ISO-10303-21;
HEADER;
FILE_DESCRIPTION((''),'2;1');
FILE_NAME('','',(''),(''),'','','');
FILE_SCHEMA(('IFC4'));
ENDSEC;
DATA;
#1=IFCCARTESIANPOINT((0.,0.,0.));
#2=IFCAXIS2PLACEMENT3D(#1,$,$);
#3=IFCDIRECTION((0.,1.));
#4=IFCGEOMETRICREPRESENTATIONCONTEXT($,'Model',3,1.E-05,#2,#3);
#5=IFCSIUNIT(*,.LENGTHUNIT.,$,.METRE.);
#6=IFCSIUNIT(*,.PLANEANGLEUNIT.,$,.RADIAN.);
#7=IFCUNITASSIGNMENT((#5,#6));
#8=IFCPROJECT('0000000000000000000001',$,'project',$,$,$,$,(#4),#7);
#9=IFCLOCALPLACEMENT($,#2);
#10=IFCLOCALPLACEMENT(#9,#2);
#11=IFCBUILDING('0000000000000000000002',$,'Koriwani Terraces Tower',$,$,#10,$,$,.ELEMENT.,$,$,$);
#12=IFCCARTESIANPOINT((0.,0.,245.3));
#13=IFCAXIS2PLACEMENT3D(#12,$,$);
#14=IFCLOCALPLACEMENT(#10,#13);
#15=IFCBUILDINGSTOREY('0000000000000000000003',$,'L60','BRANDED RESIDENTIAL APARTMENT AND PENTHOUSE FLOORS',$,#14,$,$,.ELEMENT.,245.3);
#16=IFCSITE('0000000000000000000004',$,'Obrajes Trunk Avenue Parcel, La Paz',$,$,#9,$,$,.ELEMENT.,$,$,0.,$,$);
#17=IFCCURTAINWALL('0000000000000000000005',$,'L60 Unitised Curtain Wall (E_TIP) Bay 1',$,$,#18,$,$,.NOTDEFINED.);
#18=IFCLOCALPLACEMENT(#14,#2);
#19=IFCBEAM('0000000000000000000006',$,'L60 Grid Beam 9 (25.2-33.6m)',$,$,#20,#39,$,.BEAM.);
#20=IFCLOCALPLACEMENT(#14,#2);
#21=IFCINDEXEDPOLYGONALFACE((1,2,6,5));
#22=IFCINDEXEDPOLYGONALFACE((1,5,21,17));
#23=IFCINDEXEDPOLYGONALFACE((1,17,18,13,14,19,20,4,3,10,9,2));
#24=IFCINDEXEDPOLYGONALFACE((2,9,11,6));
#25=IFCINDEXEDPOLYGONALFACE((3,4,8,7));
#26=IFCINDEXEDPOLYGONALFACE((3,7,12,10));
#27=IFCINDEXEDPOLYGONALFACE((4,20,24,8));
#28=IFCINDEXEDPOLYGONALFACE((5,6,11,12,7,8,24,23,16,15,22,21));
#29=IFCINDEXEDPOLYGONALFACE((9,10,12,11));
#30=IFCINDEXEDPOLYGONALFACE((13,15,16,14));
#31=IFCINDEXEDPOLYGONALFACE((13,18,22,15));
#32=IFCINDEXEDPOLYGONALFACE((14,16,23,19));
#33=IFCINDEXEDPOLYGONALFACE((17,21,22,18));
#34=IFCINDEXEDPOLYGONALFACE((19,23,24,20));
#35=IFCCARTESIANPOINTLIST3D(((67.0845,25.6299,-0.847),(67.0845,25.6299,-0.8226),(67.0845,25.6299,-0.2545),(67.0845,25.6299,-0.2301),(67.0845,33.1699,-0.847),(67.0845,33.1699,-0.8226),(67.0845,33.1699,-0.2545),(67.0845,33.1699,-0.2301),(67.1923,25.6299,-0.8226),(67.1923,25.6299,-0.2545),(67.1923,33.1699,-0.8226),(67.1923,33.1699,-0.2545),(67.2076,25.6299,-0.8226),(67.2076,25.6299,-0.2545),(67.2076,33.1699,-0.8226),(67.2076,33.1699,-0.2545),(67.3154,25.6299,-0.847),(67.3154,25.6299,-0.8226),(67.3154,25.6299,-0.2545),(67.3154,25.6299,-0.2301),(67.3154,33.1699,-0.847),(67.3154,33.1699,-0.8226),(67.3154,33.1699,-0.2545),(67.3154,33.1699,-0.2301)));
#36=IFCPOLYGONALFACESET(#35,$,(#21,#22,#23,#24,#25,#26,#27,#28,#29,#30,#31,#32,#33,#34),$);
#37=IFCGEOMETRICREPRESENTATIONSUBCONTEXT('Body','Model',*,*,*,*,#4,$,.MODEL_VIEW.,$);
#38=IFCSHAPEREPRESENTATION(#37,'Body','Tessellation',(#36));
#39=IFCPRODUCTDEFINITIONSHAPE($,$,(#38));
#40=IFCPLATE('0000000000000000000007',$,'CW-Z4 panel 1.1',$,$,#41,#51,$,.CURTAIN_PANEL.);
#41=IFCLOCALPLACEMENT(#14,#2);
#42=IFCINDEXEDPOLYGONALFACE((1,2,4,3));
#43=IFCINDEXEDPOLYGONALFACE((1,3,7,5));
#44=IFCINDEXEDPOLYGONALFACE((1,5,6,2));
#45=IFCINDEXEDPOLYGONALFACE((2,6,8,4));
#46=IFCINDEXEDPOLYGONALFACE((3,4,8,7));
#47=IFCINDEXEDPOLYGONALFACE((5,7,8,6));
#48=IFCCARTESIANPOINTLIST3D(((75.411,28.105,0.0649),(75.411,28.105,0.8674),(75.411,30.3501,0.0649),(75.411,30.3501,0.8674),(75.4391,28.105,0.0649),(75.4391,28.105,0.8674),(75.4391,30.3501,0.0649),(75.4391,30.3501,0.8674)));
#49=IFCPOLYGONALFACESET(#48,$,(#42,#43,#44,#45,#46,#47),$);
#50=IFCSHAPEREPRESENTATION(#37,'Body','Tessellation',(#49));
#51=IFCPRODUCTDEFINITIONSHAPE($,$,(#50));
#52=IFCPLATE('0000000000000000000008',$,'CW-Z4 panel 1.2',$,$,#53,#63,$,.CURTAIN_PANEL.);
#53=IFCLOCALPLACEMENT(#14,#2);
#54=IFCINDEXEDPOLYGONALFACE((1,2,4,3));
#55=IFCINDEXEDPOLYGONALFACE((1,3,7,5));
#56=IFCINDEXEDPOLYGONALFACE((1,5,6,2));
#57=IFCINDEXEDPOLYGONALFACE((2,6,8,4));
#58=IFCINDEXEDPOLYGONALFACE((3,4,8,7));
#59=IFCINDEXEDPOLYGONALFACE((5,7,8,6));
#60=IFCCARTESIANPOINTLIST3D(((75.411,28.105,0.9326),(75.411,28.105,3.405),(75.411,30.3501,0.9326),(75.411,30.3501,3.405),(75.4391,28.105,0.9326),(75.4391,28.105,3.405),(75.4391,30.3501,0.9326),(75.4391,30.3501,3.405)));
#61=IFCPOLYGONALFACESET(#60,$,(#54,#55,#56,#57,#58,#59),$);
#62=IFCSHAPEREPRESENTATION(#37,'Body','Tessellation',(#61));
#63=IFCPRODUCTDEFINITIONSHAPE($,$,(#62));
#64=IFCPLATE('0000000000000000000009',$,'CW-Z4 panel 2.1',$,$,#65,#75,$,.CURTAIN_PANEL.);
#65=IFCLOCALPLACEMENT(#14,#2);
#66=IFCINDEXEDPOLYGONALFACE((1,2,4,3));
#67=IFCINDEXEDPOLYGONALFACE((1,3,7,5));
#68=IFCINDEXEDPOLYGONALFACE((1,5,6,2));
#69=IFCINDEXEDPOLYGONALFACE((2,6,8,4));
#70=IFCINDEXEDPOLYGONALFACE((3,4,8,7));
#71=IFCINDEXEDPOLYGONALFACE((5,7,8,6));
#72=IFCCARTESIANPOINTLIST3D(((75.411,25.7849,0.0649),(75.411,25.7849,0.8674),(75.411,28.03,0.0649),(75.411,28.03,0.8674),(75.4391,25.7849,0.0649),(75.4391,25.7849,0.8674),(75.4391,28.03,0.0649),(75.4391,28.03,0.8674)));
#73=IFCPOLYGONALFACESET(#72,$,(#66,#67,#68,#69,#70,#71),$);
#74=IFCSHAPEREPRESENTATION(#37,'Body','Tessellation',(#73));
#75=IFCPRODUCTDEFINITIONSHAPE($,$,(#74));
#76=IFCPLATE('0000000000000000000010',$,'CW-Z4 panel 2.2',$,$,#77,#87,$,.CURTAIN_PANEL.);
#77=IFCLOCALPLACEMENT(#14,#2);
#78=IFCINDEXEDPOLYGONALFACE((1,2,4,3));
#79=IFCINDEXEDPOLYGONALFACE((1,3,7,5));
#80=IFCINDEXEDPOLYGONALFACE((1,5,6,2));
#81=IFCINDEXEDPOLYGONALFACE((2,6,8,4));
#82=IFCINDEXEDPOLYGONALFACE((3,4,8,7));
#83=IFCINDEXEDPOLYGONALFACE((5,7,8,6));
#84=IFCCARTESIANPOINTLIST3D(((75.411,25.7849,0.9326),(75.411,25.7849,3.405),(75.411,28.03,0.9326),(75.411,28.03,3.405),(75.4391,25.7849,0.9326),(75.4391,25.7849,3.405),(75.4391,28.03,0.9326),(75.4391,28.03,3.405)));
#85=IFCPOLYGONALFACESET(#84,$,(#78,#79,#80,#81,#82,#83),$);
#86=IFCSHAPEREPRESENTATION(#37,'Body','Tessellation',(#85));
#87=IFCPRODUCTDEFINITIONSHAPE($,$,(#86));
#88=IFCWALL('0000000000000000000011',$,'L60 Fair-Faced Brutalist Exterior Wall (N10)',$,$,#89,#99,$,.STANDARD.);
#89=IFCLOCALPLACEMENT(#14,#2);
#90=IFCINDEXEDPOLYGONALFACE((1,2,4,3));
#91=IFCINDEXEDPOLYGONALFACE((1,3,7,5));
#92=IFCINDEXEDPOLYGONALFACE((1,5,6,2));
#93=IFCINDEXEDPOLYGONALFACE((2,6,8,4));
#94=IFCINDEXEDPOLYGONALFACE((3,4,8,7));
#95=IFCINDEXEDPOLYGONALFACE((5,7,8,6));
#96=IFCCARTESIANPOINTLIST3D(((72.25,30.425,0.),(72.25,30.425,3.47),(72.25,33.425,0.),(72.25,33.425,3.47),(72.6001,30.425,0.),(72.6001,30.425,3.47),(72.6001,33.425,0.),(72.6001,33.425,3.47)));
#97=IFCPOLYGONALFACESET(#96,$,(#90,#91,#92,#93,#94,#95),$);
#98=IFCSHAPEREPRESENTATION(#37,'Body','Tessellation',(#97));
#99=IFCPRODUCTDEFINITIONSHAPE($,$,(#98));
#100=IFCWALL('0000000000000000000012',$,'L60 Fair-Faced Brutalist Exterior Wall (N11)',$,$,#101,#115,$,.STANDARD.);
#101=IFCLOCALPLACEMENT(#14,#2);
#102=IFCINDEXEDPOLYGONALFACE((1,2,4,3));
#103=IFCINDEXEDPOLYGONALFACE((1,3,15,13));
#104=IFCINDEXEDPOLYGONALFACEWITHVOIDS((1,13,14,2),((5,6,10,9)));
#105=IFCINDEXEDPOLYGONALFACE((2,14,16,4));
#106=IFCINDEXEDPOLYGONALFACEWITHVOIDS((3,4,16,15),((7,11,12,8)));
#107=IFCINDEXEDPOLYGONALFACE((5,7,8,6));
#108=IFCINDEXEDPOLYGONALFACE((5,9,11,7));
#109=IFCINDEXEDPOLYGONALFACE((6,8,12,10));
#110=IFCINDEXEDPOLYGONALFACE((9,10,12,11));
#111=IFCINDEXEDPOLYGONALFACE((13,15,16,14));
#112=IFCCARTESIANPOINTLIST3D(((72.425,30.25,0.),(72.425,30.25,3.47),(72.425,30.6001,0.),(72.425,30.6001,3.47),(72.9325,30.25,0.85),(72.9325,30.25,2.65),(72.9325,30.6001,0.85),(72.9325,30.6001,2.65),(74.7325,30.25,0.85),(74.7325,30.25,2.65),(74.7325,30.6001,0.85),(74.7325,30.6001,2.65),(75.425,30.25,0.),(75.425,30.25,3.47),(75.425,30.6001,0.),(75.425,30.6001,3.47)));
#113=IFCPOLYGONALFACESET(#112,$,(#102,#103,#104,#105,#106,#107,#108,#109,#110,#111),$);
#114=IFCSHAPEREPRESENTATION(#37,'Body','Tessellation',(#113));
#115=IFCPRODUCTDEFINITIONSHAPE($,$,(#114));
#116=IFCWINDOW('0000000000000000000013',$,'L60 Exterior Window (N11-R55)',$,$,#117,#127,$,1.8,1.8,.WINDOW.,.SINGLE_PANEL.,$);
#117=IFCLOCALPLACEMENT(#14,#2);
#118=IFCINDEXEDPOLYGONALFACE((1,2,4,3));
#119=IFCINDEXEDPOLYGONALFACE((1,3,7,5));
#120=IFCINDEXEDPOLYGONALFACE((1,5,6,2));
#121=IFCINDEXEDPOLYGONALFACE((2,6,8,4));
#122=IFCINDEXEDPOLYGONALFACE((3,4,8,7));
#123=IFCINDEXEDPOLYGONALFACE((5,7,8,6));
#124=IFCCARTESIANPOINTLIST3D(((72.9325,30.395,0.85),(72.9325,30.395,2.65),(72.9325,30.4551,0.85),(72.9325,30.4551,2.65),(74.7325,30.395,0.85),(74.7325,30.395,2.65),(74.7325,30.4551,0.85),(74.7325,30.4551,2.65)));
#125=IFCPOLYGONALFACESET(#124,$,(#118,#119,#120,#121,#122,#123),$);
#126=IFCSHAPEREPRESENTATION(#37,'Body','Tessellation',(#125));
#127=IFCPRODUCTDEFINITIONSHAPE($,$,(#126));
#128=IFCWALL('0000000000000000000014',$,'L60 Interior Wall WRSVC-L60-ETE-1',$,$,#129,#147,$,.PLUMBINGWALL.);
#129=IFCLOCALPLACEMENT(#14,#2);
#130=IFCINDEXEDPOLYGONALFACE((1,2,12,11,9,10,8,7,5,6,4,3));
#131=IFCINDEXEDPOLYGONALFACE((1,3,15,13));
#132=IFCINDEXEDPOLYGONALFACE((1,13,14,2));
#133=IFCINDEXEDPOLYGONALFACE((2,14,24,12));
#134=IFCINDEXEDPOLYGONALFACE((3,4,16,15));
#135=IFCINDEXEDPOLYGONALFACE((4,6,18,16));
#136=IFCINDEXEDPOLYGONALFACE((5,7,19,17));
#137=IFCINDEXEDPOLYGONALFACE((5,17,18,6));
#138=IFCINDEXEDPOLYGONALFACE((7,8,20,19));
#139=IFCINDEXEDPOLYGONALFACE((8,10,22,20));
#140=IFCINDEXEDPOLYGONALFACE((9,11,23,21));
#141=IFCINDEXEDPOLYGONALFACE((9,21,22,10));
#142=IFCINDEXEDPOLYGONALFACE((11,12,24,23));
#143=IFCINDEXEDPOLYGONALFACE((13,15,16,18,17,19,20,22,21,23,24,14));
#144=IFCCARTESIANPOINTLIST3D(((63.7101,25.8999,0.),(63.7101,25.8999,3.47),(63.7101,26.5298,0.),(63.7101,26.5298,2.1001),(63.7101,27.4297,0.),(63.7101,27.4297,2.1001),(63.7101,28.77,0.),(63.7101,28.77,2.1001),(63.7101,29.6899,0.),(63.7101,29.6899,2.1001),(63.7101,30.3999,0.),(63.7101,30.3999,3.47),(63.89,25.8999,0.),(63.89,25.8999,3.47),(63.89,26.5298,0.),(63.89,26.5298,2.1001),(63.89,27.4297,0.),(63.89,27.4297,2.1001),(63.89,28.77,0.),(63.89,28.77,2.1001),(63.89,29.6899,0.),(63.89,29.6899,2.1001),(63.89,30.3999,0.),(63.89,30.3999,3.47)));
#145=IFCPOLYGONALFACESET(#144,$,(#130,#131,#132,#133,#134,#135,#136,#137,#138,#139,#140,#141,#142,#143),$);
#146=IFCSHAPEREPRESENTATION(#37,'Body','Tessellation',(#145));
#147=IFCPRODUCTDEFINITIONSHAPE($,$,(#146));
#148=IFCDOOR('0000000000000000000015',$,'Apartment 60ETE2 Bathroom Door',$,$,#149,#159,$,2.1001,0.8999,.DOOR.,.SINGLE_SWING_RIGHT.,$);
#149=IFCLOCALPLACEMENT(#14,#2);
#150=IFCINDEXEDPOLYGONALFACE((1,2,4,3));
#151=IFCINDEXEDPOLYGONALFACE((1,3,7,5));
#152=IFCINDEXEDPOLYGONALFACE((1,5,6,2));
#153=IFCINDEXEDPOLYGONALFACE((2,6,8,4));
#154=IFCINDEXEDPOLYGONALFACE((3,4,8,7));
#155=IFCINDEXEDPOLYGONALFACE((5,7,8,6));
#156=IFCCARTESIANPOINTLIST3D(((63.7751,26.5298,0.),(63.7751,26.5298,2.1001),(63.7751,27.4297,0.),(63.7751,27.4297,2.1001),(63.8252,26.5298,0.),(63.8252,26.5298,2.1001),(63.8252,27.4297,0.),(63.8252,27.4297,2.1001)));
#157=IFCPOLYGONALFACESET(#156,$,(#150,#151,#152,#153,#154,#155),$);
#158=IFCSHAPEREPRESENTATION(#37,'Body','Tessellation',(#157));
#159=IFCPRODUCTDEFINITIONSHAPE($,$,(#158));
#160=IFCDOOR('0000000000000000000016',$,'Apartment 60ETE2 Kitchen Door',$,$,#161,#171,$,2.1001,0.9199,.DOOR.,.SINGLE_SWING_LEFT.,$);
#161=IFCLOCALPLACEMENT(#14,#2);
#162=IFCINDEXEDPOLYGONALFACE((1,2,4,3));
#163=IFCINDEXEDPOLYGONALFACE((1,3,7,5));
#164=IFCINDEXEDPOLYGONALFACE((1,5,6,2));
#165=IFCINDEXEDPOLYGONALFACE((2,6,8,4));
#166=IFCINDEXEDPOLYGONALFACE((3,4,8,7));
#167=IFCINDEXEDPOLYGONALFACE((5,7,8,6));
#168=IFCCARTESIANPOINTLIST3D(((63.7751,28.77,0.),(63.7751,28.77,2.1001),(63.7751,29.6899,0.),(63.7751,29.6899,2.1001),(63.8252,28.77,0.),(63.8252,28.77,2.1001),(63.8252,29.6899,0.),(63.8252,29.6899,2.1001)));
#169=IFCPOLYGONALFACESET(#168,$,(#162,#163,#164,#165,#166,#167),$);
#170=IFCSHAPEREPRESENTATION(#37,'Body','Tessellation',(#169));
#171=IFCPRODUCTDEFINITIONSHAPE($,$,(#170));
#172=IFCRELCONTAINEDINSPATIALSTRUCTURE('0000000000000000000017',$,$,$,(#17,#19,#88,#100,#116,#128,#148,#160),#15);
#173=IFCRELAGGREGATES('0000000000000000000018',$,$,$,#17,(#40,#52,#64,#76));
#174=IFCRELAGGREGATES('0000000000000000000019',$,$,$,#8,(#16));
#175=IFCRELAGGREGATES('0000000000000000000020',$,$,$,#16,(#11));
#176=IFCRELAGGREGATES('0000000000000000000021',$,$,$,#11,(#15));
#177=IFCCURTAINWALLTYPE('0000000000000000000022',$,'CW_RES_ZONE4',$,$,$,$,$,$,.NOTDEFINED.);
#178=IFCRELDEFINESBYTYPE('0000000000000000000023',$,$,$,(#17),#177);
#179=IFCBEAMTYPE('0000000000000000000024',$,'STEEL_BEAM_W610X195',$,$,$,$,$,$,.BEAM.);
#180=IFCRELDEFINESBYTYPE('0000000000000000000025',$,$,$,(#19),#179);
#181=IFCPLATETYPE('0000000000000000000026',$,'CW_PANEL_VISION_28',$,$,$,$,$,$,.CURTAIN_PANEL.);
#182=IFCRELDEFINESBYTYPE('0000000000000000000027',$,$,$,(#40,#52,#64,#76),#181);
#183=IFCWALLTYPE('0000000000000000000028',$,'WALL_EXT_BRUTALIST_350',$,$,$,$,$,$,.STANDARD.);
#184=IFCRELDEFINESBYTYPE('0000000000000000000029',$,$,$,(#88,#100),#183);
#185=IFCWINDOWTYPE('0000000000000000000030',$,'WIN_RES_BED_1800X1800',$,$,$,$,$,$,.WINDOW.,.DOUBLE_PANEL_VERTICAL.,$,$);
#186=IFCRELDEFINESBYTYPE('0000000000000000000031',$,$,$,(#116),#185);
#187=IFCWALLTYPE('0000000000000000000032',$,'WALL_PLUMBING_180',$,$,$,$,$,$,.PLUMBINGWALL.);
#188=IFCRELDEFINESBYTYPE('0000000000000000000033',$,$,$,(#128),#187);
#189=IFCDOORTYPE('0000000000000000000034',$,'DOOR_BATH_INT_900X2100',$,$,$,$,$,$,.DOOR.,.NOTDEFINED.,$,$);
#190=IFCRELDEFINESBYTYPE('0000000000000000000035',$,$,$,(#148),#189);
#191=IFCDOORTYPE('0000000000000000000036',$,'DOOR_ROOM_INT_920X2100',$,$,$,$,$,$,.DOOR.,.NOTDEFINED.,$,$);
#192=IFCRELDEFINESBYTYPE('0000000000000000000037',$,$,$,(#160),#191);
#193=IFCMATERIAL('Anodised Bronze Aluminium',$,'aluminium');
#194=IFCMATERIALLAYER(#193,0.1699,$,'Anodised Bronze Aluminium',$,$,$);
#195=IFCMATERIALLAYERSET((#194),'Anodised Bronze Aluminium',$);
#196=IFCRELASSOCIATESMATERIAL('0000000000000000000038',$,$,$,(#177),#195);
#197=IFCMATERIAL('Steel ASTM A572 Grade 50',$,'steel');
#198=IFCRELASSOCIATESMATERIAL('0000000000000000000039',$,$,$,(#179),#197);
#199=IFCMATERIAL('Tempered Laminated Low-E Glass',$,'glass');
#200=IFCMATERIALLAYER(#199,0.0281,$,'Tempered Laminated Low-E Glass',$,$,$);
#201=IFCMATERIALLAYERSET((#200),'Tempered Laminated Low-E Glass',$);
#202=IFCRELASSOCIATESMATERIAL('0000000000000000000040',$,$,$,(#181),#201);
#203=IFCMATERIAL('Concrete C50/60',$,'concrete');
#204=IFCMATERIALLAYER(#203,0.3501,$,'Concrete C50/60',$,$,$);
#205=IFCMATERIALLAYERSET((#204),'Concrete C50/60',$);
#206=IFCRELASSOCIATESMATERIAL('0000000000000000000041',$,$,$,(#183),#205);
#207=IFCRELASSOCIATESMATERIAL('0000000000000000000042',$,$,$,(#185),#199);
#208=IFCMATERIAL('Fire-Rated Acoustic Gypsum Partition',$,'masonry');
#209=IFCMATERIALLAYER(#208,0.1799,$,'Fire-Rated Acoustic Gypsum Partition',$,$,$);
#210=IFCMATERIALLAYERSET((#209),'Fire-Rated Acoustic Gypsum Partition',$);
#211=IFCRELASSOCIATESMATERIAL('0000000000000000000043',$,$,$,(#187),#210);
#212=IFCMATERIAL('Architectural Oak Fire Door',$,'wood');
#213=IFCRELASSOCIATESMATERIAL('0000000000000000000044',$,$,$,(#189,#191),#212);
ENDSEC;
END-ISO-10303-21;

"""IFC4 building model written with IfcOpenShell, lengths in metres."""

from ifc_helpers import new_model, si_unit, direction, frame, frame_2d, origin, origin_2d, place, context, subcontext, project, spatial, rectangle, i_section, extrude, material, layer, layer_set, material_profile, profile_set, type_object, element, fill, aggregate, save


model = new_model("IFC4")

# Units and contexts
model_context = context("Model", 3, precision=1e-05, world=origin(), true_north=direction((0.0, 1.0)))
body_context = subcontext(model_context, "Body", "Model", "MODEL_VIEW")
ifc_project = project(units=[si_unit("LENGTHUNIT", "METRE"), si_unit("PLANEANGLEUNIT", "RADIAN")], contexts=[model_context])

# Site, building, storey
site_placement = place(None, origin())
site = spatial("IfcSite", under=ifc_project, at=site_placement, Name="Obrajes Trunk Avenue Parcel, La Paz", CompositionType="ELEMENT", RefElevation=0.0)
building_placement = place(site_placement, origin())
building = spatial("IfcBuilding", under=site, at=building_placement, Name="Koriwani Terraces Tower", CompositionType="ELEMENT")
storey_placement = place(building_placement, frame((0.0, 0.0, 245.3)))
storey = spatial("IfcBuildingStorey", under=building, at=storey_placement, Name="L60", Description="BRANDED RESIDENTIAL APARTMENT AND PENTHOUSE FLOORS", CompositionType="ELEMENT", Elevation=245.3)

# Shared definitions
ifc_material_1 = material(Name="Concrete C50/60", Category="concrete")

# Curtain wall
ifc_material_2 = material(Name="Anodised Bronze Aluminium", Category="aluminium")
ifc_layer_1 = layer(ifc_material_2, 0.1699, Name="Anodised Bronze Aluminium")
ifc_layer_set_1 = layer_set([ifc_layer_1], Name="Anodised Bronze Aluminium")
curtain_wall_type = type_object("IfcCurtainWallType", Name="CW_RES_ZONE4", PredefinedType="NOTDEFINED", material=ifc_layer_set_1)
curtain_wall_placement = place(storey_placement, origin())
curtain_wall = element("IfcCurtainWall", 1, at=curtain_wall_placement, inside=storey, type_object=curtain_wall_type, Name="L60 Unitised Curtain Wall (E_TIP) Bay 1", PredefinedType="NOTDEFINED")

# Beam
ifc_material_3 = material(Name="Steel ASTM A572 Grade 50", Category="steel")
ifc_material_profile_1 = material_profile(ifc_material_3, i_section(OverallWidth=0.231, OverallDepth=0.6169, WebThickness=0.0154, FlangeThickness=0.0244, at=origin_2d()), Name="Steel ASTM A572 Grade 50", Category="LoadBearing")
ifc_profile_set_1 = profile_set([ifc_material_profile_1], Name="Steel ASTM A572 Grade 50")
beam_type_1 = type_object("IfcBeamType", Name="STEEL_BEAM_W610X195", PredefinedType="BEAM", material=ifc_profile_set_1)
beam_1_placement = place(storey_placement, frame((67.2, 25.6299, -0.5386), z_axis=(0.0, 1.0, 0.0), x_axis=(-1.0, 0.0, 0.0)))
element("IfcBeam", 2, at=beam_1_placement, inside=storey, type_object=beam_type_1, Name="L60 Grid Beam 9 (25.2-33.6m)", PredefinedType="BEAM", context=body_context, shape_type="SweptSolid", body=[
    extrude(i_section(OverallWidth=0.231, OverallDepth=0.6169, WebThickness=0.0154, FlangeThickness=0.0244, at=origin_2d()), origin(), (0.0, 0.0, 1.0), 7.54),
])

# Plates
ifc_material_4 = material(Name="Tempered Laminated Low-E Glass", Category="glass")
ifc_layer_2 = layer(ifc_material_4, 0.0281, Name="Tempered Laminated Low-E Glass")
ifc_layer_set_2 = layer_set([ifc_layer_2], Name="Tempered Laminated Low-E Glass")
plate_type = type_object("IfcPlateType", Name="CW_PANEL_VISION_28", PredefinedType="CURTAIN_PANEL", material=ifc_layer_set_2)
plate_1_placement = place(storey_placement, frame((75.425, 29.2275, 0.0649), z_axis=(0.0, 0.0, 1.0), x_axis=(0.0, -1.0, 0.0)))
plate_1 = element("IfcPlate", 3, at=plate_1_placement, type_object=plate_type, Name="CW-Z4 panel 1.1", PredefinedType="CURTAIN_PANEL", context=body_context, shape_type="SweptSolid", body=[
    extrude(rectangle(XDim=2.2451, YDim=0.0281, at=origin_2d()), origin(), (0.0, 0.0, 1.0), 0.8025),
])
plate_2_placement = place(storey_placement, frame((75.425, 29.2275, 0.9326), z_axis=(0.0, 0.0, 1.0), x_axis=(0.0, -1.0, 0.0)))
plate_2 = element("IfcPlate", 4, at=plate_2_placement, type_object=plate_type, Name="CW-Z4 panel 1.2", PredefinedType="CURTAIN_PANEL", context=body_context, shape_type="SweptSolid", body=[
    extrude(rectangle(XDim=2.2451, YDim=0.0281, at=origin_2d()), origin(), (0.0, 0.0, 1.0), 2.4724),
])
plate_3_placement = place(storey_placement, frame((75.425, 26.9075, 0.0649), z_axis=(0.0, 0.0, 1.0), x_axis=(0.0, -1.0, 0.0)))
plate_3 = element("IfcPlate", 5, at=plate_3_placement, type_object=plate_type, Name="CW-Z4 panel 2.1", PredefinedType="CURTAIN_PANEL", context=body_context, shape_type="SweptSolid", body=[
    extrude(rectangle(XDim=2.2451, YDim=0.0281, at=origin_2d()), origin(), (0.0, 0.0, 1.0), 0.8025),
])
plate_4_placement = place(storey_placement, frame((75.425, 26.9075, 0.9326), z_axis=(0.0, 0.0, 1.0), x_axis=(0.0, -1.0, 0.0)))
plate_4 = element("IfcPlate", 6, at=plate_4_placement, type_object=plate_type, Name="CW-Z4 panel 2.2", PredefinedType="CURTAIN_PANEL", context=body_context, shape_type="SweptSolid", body=[
    extrude(rectangle(XDim=2.2451, YDim=0.0281, at=origin_2d()), origin(), (0.0, 0.0, 1.0), 2.4724),
])
aggregate(curtain_wall, [plate_1, plate_2, plate_3, plate_4])

# Wall
ifc_layer_3 = layer(ifc_material_1, 0.3501, Name="Concrete C50/60")
ifc_layer_set_3 = layer_set([ifc_layer_3], Name="Concrete C50/60")
wall_type_1 = type_object("IfcWallType", Name="WALL_EXT_BRUTALIST_350", PredefinedType="STANDARD", material=ifc_layer_set_3)
wall_1_placement = place(storey_placement, frame((72.425, 33.425, 0.0), z_axis=(0.0, 0.0, 1.0), x_axis=(0.0, -1.0, 0.0)))
element("IfcWall", 7, at=wall_1_placement, inside=storey, type_object=wall_type_1, Name="L60 Fair-Faced Brutalist Exterior Wall (N10)", PredefinedType="STANDARD", context=body_context, shape_type="SweptSolid", body=[
    extrude(rectangle(XDim=3.0, YDim=0.3501, at=frame_2d((1.5, 0.0))), origin(), (0.0, 0.0, 1.0), 3.47),
])

# Wall, opening, window
wall_2_placement = place(storey_placement, frame((72.425, 30.425, 0.0), z_axis=(0.0, 0.0, 1.0), x_axis=(1.0, 0.0, 0.0)))
wall_2 = element("IfcWall", 8, at=wall_2_placement, inside=storey, type_object=wall_type_1, Name="L60 Fair-Faced Brutalist Exterior Wall (N11)", PredefinedType="STANDARD", context=body_context, shape_type="SweptSolid", body=[
    extrude(rectangle(XDim=3.0, YDim=0.3501, at=frame_2d((1.5, 0.0))), origin(), (0.0, 0.0, 1.0), 3.47),
])
opening_1_placement = place(wall_2_placement, frame((0.5076, 0.0, 0.8501)))
opening_1 = element("IfcOpeningElement", 9, at=opening_1_placement, cuts=wall_2, PredefinedType="OPENING", context=body_context, shape_type="SweptSolid", body=[
    extrude(rectangle(XDim=1.8, YDim=1.8, at=frame_2d((0.8999, 0.8999))), frame((0.0, 0.1851, 0.0), z_axis=(0.0, -1.0, 0.0), x_axis=(1.0, 0.0, 0.0)), (0.0, 0.0, 1.0), 0.3701),
])
window_type = type_object("IfcWindowType", Name="WIN_RES_BED_1800X1800", PartitioningType="DOUBLE_PANEL_VERTICAL", PredefinedType="WINDOW", material=ifc_material_4)
window_placement = place(opening_1_placement, origin())
window = element("IfcWindow", 10, at=window_placement, inside=storey, type_object=window_type, Name="L60 Exterior Window (N11-R55)", OverallHeight=1.8, OverallWidth=1.8, PartitioningType="SINGLE_PANEL", PredefinedType="WINDOW", context=body_context, shape_type="SweptSolid", body=[
    extrude(rectangle(XDim=1.8, YDim=1.8, at=frame_2d((0.8999, 0.8999))), frame((0.0, 0.03, 0.0), z_axis=(0.0, -1.0, 0.0), x_axis=(1.0, 0.0, 0.0)), (0.0, 0.0, 1.0), 0.0601),
])
fill(opening_1, window)

# Wall, openings, doors
ifc_material_5 = material(Name="Fire-Rated Acoustic Gypsum Partition", Category="masonry")
ifc_layer_4 = layer(ifc_material_5, 0.1799, Name="Fire-Rated Acoustic Gypsum Partition")
ifc_layer_set_4 = layer_set([ifc_layer_4], Name="Fire-Rated Acoustic Gypsum Partition")
wall_type_2 = type_object("IfcWallType", Name="WALL_PLUMBING_180", PredefinedType="PLUMBINGWALL", material=ifc_layer_set_4)
wall_3_placement = place(storey_placement, frame((63.8, 25.8999, 0.0), z_axis=(0.0, 0.0, 1.0), x_axis=(0.0, 1.0, 0.0)))
wall_3 = element("IfcWall", 11, at=wall_3_placement, inside=storey, type_object=wall_type_2, Name="L60 Interior Wall WRSVC-L60-ETE-1", PredefinedType="PLUMBINGWALL", context=body_context, shape_type="SweptSolid", body=[
    extrude(rectangle(XDim=4.5, YDim=0.1799, at=frame_2d((2.25, 0.0))), origin(), (0.0, 0.0, 1.0), 3.47),
])
opening_2_placement = place(wall_3_placement, frame((0.6299, 0.0, 0.0)))
opening_2 = element("IfcOpeningElement", 12, at=opening_2_placement, cuts=wall_3, PredefinedType="OPENING", context=body_context, shape_type="SweptSolid", body=[
    extrude(rectangle(XDim=0.8999, YDim=2.1001, at=frame_2d((0.45, 1.05))), frame((0.0, 0.1001, 0.0), z_axis=(0.0, -1.0, 0.0), x_axis=(1.0, 0.0, 0.0)), (0.0, 0.0, 1.0), 0.2),
])
opening_3_placement = place(wall_3_placement, frame((2.8701, 0.0, 0.0)))
opening_3 = element("IfcOpeningElement", 13, at=opening_3_placement, cuts=wall_3, PredefinedType="OPENING", context=body_context, shape_type="SweptSolid", body=[
    extrude(rectangle(XDim=0.9199, YDim=2.1001, at=frame_2d((0.46, 1.05))), frame((0.0, 0.1001, 0.0), z_axis=(0.0, -1.0, 0.0), x_axis=(1.0, 0.0, 0.0)), (0.0, 0.0, 1.0), 0.2),
])
ifc_material_6 = material(Name="Architectural Oak Fire Door", Category="wood")
door_type_1 = type_object("IfcDoorType", Name="DOOR_BATH_INT_900X2100", OperationType="NOTDEFINED", PredefinedType="DOOR", material=ifc_material_6)
door_1_placement = place(opening_2_placement, origin())
door_1 = element("IfcDoor", 14, at=door_1_placement, inside=storey, type_object=door_type_1, Name="Apartment 60ETE2 Bathroom Door", OperationType="SINGLE_SWING_RIGHT", OverallHeight=2.1001, OverallWidth=0.8999, PredefinedType="DOOR", context=body_context, shape_type="SweptSolid", body=[
    extrude(rectangle(XDim=0.8999, YDim=2.1001, at=frame_2d((0.45, 1.05))), frame((0.0, 0.0249, 0.0), z_axis=(0.0, -1.0, 0.0), x_axis=(1.0, 0.0, 0.0)), (0.0, 0.0, 1.0), 0.05),
])
fill(opening_2, door_1)
door_type_2 = type_object("IfcDoorType", Name="DOOR_ROOM_INT_920X2100", OperationType="NOTDEFINED", PredefinedType="DOOR", material=ifc_material_6)
door_2_placement = place(opening_3_placement, origin())
door_2 = element("IfcDoor", 15, at=door_2_placement, inside=storey, type_object=door_type_2, Name="Apartment 60ETE2 Kitchen Door", OperationType="SINGLE_SWING_LEFT", OverallHeight=2.1001, OverallWidth=0.9199, PredefinedType="DOOR", context=body_context, shape_type="SweptSolid", body=[
    extrude(rectangle(XDim=0.9199, YDim=2.1001, at=frame_2d((0.46, 1.05))), frame((0.0, 0.0249, 0.0), z_axis=(0.0, -1.0, 0.0), x_axis=(1.0, 0.0, 0.0)), (0.0, 0.0, 1.0), 0.05),
])
fill(opening_3, door_2)

save(model, "model.ifc")
